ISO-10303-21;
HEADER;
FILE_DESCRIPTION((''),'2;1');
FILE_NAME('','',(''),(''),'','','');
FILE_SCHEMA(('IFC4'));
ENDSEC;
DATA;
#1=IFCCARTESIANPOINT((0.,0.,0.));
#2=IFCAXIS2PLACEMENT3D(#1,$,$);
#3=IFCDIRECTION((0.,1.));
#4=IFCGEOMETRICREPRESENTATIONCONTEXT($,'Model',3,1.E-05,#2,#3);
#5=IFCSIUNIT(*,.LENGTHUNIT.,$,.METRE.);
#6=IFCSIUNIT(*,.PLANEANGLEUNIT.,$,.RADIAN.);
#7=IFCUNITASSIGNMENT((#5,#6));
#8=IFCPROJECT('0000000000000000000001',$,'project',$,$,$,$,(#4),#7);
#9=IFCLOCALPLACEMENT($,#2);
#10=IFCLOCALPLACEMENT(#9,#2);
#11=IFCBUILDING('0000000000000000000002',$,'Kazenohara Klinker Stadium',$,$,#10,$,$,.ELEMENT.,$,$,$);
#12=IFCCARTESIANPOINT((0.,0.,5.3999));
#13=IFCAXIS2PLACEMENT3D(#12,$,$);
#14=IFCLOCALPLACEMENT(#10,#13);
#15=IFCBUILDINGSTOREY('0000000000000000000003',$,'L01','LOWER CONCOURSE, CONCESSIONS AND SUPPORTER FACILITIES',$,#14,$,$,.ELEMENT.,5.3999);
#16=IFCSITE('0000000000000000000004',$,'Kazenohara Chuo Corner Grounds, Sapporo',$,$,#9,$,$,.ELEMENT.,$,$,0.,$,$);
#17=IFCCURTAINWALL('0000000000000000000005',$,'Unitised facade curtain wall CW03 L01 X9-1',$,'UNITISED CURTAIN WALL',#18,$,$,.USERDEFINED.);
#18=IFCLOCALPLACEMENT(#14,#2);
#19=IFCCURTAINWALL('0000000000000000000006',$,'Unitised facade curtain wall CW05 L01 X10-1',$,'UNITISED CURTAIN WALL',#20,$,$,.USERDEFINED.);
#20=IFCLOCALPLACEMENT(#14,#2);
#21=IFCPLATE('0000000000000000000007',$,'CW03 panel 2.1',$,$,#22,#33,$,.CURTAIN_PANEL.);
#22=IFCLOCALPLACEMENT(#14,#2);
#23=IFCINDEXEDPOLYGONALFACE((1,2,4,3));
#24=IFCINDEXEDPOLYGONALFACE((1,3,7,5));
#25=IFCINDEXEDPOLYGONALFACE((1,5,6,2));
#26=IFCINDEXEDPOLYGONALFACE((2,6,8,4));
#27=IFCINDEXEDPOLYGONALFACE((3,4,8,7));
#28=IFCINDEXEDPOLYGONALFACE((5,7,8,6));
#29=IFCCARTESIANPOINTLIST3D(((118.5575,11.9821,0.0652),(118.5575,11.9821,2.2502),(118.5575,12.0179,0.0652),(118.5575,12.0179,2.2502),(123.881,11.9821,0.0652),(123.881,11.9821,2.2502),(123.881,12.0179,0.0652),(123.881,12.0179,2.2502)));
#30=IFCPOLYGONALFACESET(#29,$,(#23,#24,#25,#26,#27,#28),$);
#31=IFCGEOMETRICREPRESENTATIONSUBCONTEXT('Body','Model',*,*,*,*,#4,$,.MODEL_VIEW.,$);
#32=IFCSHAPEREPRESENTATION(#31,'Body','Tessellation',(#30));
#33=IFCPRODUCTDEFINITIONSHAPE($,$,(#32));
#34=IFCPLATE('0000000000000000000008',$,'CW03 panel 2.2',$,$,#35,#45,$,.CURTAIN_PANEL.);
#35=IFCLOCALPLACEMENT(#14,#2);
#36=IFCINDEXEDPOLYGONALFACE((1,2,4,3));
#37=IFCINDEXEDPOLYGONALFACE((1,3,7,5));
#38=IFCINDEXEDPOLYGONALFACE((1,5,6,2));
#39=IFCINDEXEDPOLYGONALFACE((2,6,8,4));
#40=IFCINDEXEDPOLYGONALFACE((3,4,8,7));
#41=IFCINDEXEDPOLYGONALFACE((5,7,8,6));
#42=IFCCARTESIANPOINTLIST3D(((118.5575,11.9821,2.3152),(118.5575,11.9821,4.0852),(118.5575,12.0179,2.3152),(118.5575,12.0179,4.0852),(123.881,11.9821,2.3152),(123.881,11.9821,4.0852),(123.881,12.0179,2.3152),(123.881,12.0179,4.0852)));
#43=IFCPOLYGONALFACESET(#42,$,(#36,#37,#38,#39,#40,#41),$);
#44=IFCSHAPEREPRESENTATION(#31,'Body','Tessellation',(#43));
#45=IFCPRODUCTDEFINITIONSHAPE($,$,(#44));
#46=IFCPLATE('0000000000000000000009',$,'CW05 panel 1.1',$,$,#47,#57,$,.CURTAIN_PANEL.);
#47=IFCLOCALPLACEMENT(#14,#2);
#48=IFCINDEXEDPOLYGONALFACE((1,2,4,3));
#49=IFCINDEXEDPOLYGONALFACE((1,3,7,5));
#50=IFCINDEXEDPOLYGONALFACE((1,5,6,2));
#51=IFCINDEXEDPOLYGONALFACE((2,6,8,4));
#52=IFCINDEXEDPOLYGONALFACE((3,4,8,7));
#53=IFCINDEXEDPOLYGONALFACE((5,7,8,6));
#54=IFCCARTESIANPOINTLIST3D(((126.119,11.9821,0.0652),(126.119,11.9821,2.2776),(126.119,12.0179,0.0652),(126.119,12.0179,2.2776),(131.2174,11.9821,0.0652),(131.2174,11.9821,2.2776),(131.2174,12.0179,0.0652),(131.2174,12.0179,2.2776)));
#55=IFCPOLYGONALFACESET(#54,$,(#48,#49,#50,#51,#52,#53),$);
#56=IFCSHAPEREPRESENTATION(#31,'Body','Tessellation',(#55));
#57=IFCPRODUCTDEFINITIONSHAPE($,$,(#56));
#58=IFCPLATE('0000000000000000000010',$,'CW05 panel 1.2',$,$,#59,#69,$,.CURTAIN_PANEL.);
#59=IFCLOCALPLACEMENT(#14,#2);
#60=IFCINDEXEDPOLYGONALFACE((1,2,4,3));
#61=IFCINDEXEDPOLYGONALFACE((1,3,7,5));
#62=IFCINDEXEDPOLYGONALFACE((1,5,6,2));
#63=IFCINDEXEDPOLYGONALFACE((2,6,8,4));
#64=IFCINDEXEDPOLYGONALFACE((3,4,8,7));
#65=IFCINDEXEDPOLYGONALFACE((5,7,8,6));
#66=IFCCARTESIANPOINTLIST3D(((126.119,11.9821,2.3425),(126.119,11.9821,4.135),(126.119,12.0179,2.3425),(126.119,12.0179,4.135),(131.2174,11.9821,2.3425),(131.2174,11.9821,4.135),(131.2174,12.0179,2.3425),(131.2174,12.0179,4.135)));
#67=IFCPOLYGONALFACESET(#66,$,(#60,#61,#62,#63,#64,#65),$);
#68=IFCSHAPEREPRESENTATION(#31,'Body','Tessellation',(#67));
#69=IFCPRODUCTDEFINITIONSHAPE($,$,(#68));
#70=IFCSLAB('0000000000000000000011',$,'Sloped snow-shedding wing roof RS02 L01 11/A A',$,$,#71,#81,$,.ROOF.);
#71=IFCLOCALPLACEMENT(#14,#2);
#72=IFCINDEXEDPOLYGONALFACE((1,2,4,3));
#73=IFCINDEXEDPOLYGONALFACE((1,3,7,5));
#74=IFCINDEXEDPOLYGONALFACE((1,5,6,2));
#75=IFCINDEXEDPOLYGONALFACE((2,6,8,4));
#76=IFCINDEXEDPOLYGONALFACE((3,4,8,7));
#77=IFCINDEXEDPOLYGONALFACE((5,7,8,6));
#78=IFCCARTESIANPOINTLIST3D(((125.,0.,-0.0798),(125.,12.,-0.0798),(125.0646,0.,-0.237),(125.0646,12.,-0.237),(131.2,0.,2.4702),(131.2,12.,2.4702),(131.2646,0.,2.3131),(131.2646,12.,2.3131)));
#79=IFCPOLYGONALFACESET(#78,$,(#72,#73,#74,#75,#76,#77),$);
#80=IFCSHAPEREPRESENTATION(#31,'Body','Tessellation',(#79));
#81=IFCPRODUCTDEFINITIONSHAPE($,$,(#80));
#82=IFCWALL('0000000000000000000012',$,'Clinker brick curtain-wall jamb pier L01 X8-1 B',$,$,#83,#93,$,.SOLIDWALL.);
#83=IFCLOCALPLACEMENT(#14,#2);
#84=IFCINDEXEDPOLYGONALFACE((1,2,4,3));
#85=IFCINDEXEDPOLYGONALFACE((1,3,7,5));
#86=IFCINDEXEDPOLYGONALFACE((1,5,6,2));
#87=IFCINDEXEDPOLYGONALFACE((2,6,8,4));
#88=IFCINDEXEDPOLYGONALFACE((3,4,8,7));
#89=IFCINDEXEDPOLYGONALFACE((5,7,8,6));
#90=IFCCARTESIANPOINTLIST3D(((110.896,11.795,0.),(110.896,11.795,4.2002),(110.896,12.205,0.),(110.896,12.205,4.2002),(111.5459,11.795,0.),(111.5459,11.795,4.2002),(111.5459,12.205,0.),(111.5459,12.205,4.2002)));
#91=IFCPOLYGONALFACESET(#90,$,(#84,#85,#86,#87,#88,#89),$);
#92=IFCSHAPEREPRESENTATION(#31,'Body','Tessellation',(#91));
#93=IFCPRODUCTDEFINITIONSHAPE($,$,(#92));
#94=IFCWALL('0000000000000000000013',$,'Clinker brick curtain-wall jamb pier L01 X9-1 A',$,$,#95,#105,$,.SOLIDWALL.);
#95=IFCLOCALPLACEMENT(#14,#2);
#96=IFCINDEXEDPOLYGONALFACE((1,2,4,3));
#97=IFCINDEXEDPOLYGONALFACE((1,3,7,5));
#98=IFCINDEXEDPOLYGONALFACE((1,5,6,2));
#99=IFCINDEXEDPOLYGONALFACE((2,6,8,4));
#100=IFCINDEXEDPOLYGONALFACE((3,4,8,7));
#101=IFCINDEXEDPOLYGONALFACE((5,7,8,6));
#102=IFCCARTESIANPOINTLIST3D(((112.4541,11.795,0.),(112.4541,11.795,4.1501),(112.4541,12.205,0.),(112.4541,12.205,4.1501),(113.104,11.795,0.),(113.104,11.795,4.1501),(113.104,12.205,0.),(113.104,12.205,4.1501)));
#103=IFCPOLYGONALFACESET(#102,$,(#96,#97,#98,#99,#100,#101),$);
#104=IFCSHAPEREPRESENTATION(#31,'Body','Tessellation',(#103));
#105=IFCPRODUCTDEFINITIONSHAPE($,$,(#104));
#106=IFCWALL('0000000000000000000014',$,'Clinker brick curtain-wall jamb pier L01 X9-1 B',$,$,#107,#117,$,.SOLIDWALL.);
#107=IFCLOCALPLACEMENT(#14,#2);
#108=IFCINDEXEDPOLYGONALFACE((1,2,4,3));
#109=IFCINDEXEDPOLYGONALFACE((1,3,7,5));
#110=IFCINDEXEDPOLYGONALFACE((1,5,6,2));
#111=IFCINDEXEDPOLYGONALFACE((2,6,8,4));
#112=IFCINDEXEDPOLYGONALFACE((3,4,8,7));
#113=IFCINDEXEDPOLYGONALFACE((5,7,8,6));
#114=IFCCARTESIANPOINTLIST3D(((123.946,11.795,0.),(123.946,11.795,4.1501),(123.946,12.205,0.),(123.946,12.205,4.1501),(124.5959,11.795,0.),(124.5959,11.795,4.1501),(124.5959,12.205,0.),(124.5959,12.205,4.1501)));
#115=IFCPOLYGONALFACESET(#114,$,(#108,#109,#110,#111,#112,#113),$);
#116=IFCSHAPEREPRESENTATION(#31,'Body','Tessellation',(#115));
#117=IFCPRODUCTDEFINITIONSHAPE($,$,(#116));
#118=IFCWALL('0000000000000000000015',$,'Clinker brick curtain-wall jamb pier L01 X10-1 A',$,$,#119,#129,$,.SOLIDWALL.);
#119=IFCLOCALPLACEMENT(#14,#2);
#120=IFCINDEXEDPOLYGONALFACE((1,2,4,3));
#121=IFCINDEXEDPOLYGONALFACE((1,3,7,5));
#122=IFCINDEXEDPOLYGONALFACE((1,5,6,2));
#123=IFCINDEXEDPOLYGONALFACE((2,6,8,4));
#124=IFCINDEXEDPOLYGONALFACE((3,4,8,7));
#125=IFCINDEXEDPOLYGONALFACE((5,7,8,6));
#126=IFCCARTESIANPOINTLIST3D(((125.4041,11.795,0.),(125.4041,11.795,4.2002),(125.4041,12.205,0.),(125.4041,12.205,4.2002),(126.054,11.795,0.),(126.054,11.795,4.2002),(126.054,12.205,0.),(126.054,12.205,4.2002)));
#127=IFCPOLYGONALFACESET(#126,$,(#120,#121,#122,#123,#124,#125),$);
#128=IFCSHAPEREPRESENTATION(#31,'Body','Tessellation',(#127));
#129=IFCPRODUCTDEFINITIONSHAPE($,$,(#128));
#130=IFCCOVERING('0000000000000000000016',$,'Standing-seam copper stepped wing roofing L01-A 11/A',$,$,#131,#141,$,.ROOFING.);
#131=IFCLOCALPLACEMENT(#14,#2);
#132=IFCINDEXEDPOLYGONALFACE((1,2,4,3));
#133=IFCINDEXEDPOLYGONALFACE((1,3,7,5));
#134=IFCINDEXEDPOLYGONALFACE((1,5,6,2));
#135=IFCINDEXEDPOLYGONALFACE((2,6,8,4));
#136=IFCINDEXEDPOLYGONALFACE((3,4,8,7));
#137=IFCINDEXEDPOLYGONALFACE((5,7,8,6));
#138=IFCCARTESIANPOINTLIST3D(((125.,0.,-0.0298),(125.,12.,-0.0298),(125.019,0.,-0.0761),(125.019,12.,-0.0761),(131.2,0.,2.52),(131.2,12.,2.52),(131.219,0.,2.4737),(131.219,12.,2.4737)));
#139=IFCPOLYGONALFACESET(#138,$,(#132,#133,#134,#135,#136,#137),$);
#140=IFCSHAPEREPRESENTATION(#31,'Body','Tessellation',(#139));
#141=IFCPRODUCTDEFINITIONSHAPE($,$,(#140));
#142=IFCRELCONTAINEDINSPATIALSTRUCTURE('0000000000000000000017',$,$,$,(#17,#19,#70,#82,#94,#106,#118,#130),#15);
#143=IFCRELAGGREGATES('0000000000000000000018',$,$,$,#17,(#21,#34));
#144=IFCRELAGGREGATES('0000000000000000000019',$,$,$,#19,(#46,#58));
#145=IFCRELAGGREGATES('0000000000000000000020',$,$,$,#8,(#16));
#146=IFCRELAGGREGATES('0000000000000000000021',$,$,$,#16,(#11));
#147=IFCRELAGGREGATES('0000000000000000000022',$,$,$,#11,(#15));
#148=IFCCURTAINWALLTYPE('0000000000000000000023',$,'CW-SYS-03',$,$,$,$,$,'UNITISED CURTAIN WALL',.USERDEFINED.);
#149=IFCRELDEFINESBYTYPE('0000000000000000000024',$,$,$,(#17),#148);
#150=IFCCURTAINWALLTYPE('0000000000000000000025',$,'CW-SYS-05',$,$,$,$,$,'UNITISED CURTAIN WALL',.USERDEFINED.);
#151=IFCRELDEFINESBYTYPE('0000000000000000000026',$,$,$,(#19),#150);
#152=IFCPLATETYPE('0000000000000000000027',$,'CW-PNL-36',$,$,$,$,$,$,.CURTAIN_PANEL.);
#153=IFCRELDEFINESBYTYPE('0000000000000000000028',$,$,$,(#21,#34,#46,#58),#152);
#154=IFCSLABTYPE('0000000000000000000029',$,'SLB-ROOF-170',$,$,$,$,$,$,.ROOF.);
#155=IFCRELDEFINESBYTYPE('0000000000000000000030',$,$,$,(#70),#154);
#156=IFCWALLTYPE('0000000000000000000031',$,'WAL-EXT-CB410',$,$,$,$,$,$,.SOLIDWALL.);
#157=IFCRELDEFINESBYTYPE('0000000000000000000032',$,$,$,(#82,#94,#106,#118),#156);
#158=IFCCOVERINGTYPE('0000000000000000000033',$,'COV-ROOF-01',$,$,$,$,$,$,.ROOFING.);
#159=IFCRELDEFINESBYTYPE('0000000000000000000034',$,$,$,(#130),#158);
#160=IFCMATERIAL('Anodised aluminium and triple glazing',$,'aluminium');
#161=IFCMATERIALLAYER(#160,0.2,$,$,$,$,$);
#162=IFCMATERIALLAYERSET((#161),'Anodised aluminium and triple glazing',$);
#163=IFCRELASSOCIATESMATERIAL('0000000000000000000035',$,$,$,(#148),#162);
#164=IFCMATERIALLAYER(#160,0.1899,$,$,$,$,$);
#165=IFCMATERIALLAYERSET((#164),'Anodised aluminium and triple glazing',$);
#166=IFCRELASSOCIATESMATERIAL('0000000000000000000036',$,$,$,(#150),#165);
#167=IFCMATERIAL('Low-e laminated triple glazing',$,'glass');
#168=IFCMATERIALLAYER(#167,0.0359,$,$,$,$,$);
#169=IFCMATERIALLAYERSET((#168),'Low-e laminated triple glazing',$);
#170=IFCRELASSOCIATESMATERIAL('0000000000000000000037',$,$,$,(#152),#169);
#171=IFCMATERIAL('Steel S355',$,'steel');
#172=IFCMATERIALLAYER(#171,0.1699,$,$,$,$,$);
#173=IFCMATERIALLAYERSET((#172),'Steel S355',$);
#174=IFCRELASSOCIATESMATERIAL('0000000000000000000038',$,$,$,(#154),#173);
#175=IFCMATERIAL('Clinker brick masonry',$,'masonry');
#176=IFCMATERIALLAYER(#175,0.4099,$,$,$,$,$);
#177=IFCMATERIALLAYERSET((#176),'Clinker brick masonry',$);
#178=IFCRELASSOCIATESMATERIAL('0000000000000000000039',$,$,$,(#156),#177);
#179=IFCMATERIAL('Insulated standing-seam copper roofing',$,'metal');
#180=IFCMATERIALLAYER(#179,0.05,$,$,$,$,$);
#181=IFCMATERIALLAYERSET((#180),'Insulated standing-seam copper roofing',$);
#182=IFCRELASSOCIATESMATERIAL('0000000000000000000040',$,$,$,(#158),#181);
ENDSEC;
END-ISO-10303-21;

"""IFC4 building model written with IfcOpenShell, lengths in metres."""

from ifc_helpers import new_model, si_unit, direction, frame, frame_2d, origin, origin_2d, place, context, subcontext, project, spatial, polyline, rectangle, outline, extrude, material, layer, layer_set, type_object, element, aggregate, save


model = new_model("IFC4")

# Units and contexts
model_context = context("Model", 3, precision=1e-05, world=origin(), true_north=direction((0.0, 1.0)))
body_context = subcontext(model_context, "Body", "Model", "MODEL_VIEW")
ifc_project = project(units=[si_unit("LENGTHUNIT", "METRE"), si_unit("PLANEANGLEUNIT", "RADIAN")], contexts=[model_context])

# Site, building, storey
site_placement = place(None, origin())
site = spatial("IfcSite", under=ifc_project, at=site_placement, Name="Kazenohara Chuo Corner Grounds, Sapporo", CompositionType="ELEMENT", RefElevation=0.0)
building_placement = place(site_placement, origin())
building = spatial("IfcBuilding", under=site, at=building_placement, Name="Kazenohara Klinker Stadium", CompositionType="ELEMENT")
storey_placement = place(building_placement, frame((0.0, 0.0, 5.3999)))
storey = spatial("IfcBuildingStorey", under=building, at=storey_placement, Name="L01", Description="LOWER CONCOURSE, CONCESSIONS AND SUPPORTER FACILITIES", CompositionType="ELEMENT", Elevation=5.3999)

# Shared definitions
ifc_material_1 = material(Name="Steel S355", Category="steel")

# Shared definitions
ifc_material_2 = material(Name="Anodised aluminium and triple glazing", Category="aluminium")

# Curtain walls
ifc_layer_1 = layer(ifc_material_2, 0.2)
ifc_layer_set_1 = layer_set([ifc_layer_1], Name="Anodised aluminium and triple glazing")
curtain_wall_type_1 = type_object("IfcCurtainWallType", Name="CW-SYS-03", ElementType="UNITISED CURTAIN WALL", PredefinedType="USERDEFINED", material=ifc_layer_set_1)
curtain_wall_1_placement = place(storey_placement, origin())
curtain_wall_1 = element("IfcCurtainWall", 1, at=curtain_wall_1_placement, inside=storey, type_object=curtain_wall_type_1, Name="Unitised facade curtain wall CW03 L01 X9-1", ObjectType="UNITISED CURTAIN WALL", PredefinedType="USERDEFINED")
ifc_layer_2 = layer(ifc_material_2, 0.1899)
ifc_layer_set_2 = layer_set([ifc_layer_2], Name="Anodised aluminium and triple glazing")
curtain_wall_type_2 = type_object("IfcCurtainWallType", Name="CW-SYS-05", ElementType="UNITISED CURTAIN WALL", PredefinedType="USERDEFINED", material=ifc_layer_set_2)
curtain_wall_2_placement = place(storey_placement, origin())
curtain_wall_2 = element("IfcCurtainWall", 2, at=curtain_wall_2_placement, inside=storey, type_object=curtain_wall_type_2, Name="Unitised facade curtain wall CW05 L01 X10-1", ObjectType="UNITISED CURTAIN WALL", PredefinedType="USERDEFINED")

# Plates
ifc_material_3 = material(Name="Low-e laminated triple glazing", Category="glass")
ifc_layer_3 = layer(ifc_material_3, 0.0359)
ifc_layer_set_3 = layer_set([ifc_layer_3], Name="Low-e laminated triple glazing")
plate_type = type_object("IfcPlateType", Name="CW-PNL-36", PredefinedType="CURTAIN_PANEL", material=ifc_layer_set_3)
plate_1_placement = place(storey_placement, frame((121.2192, 12.0, 0.0652), z_axis=(0.0, 0.0, 1.0), x_axis=(1.0, 0.0, 0.0)))
plate_1 = element("IfcPlate", 3, at=plate_1_placement, type_object=plate_type, Name="CW03 panel 2.1", PredefinedType="CURTAIN_PANEL", context=body_context, shape_type="SweptSolid", body=[
    extrude(rectangle(XDim=5.3235, YDim=0.0359, at=origin_2d()), origin(), (0.0, 0.0, 1.0), 2.1851),
])
plate_2_placement = place(storey_placement, frame((121.2192, 12.0, 2.3152), z_axis=(0.0, 0.0, 1.0), x_axis=(1.0, 0.0, 0.0)))
plate_2 = element("IfcPlate", 4, at=plate_2_placement, type_object=plate_type, Name="CW03 panel 2.2", PredefinedType="CURTAIN_PANEL", context=body_context, shape_type="SweptSolid", body=[
    extrude(rectangle(XDim=5.3235, YDim=0.0359, at=origin_2d()), origin(), (0.0, 0.0, 1.0), 1.77),
])
aggregate(curtain_wall_1, [plate_1, plate_2])
plate_3_placement = place(storey_placement, frame((128.6682, 12.0, 0.0652), z_axis=(0.0, 0.0, 1.0), x_axis=(1.0, 0.0, 0.0)))
plate_3 = element("IfcPlate", 5, at=plate_3_placement, type_object=plate_type, Name="CW05 panel 1.1", PredefinedType="CURTAIN_PANEL", context=body_context, shape_type="SweptSolid", body=[
    extrude(rectangle(XDim=5.0984, YDim=0.0359, at=origin_2d()), origin(), (0.0, 0.0, 1.0), 2.2124),
])
plate_4_placement = place(storey_placement, frame((128.6682, 12.0, 2.3425), z_axis=(0.0, 0.0, 1.0), x_axis=(1.0, 0.0, 0.0)))
plate_4 = element("IfcPlate", 6, at=plate_4_placement, type_object=plate_type, Name="CW05 panel 1.2", PredefinedType="CURTAIN_PANEL", context=body_context, shape_type="SweptSolid", body=[
    extrude(rectangle(XDim=5.0984, YDim=0.0359, at=origin_2d()), origin(), (0.0, 0.0, 1.0), 1.7925),
])
aggregate(curtain_wall_2, [plate_3, plate_4])

# Slab
ifc_layer_4 = layer(ifc_material_1, 0.1699)
ifc_layer_set_4 = layer_set([ifc_layer_4], Name="Steel S355")
slab_type = type_object("IfcSlabType", Name="SLB-ROOF-170", PredefinedType="ROOF", material=ifc_layer_set_4)
slab_placement = place(storey_placement, frame((125.0, 0.0, -0.0798), z_axis=(-0.380383, 0.0, 0.924829), x_axis=(0.924829, 0.0, 0.380383)))
element("IfcSlab", 7, at=slab_placement, inside=storey, type_object=slab_type, Name="Sloped snow-shedding wing roof RS02 L01 11/A A", PredefinedType="ROOF", context=body_context, shape_type="SweptSolid", body=[
    extrude(outline(polyline([(0.0, 0.0), (6.7039, 0.0), (6.7039, 12.0), (0.0, 12.0), (0.0, 0.0)])), origin(), (0.0, 0.0, -1.0), 0.1699),
])

# Walls
ifc_material_4 = material(Name="Clinker brick masonry", Category="masonry")
ifc_layer_5 = layer(ifc_material_4, 0.4099)
ifc_layer_set_5 = layer_set([ifc_layer_5], Name="Clinker brick masonry")
wall_type = type_object("IfcWallType", Name="WAL-EXT-CB410", PredefinedType="SOLIDWALL", material=ifc_layer_set_5)
wall_1_placement = place(storey_placement, frame((110.896, 12.0, 0.0), z_axis=(0.0, 0.0, 1.0), x_axis=(1.0, 0.0, 0.0)))
element("IfcWall", 8, at=wall_1_placement, inside=storey, type_object=wall_type, Name="Clinker brick curtain-wall jamb pier L01 X8-1 B", PredefinedType="SOLIDWALL", context=body_context, shape_type="SweptSolid", body=[
    extrude(rectangle(XDim=0.6499, YDim=0.4099, at=frame_2d((0.325, 0.0))), origin(), (0.0, 0.0, 1.0), 4.2002),
])
for number, where, z_axis, x_axis, name in (
    (9, (112.4541, 12.0, 0.0), (0.0, 0.0, 1.0), (1.0, 0.0, 0.0), "Clinker brick curtain-wall jamb pier L01 X9-1 A"),
    (10, (123.946, 12.0, 0.0), (0.0, 0.0, 1.0), (1.0, 0.0, 0.0), "Clinker brick curtain-wall jamb pier L01 X9-1 B"),
):
    element("IfcWall", number, at=place(storey_placement, frame(where, z_axis=z_axis, x_axis=x_axis)), inside=storey, type_object=wall_type, Name=name, PredefinedType="SOLIDWALL", context=body_context, shape_type="SweptSolid", body=[
        extrude(rectangle(XDim=0.6499, YDim=0.4099, at=frame_2d((0.325, 0.0))), origin(), (0.0, 0.0, 1.0), 4.1501),
    ])
wall_2_placement = place(storey_placement, frame((125.4041, 12.0, 0.0), z_axis=(0.0, 0.0, 1.0), x_axis=(1.0, 0.0, 0.0)))
element("IfcWall", 11, at=wall_2_placement, inside=storey, type_object=wall_type, Name="Clinker brick curtain-wall jamb pier L01 X10-1 A", PredefinedType="SOLIDWALL", context=body_context, shape_type="SweptSolid", body=[
    extrude(rectangle(XDim=0.6499, YDim=0.4099, at=frame_2d((0.325, 0.0))), origin(), (0.0, 0.0, 1.0), 4.2002),
])

# Covering
ifc_material_5 = material(Name="Insulated standing-seam copper roofing", Category="metal")
ifc_layer_6 = layer(ifc_material_5, 0.05)
ifc_layer_set_6 = layer_set([ifc_layer_6], Name="Insulated standing-seam copper roofing")
covering_type = type_object("IfcCoveringType", Name="COV-ROOF-01", PredefinedType="ROOFING", material=ifc_layer_set_6)
covering_placement = place(storey_placement, frame((125.0, 0.0, -0.0298), z_axis=(-0.380352, 0.0, 0.924842), x_axis=(0.924842, 0.0, 0.380352)))
element("IfcCovering", 12, at=covering_placement, inside=storey, type_object=covering_type, Name="Standing-seam copper stepped wing roofing L01-A 11/A", PredefinedType="ROOFING", context=body_context, shape_type="SweptSolid", body=[
    extrude(outline(polyline([(0.0, 0.0), (6.7038, 0.0), (6.7038, 12.0), (0.0, 12.0), (0.0, 0.0)])), origin(), (0.0, 0.0, -1.0), 0.05),
])

save(model, "model.ifc")
